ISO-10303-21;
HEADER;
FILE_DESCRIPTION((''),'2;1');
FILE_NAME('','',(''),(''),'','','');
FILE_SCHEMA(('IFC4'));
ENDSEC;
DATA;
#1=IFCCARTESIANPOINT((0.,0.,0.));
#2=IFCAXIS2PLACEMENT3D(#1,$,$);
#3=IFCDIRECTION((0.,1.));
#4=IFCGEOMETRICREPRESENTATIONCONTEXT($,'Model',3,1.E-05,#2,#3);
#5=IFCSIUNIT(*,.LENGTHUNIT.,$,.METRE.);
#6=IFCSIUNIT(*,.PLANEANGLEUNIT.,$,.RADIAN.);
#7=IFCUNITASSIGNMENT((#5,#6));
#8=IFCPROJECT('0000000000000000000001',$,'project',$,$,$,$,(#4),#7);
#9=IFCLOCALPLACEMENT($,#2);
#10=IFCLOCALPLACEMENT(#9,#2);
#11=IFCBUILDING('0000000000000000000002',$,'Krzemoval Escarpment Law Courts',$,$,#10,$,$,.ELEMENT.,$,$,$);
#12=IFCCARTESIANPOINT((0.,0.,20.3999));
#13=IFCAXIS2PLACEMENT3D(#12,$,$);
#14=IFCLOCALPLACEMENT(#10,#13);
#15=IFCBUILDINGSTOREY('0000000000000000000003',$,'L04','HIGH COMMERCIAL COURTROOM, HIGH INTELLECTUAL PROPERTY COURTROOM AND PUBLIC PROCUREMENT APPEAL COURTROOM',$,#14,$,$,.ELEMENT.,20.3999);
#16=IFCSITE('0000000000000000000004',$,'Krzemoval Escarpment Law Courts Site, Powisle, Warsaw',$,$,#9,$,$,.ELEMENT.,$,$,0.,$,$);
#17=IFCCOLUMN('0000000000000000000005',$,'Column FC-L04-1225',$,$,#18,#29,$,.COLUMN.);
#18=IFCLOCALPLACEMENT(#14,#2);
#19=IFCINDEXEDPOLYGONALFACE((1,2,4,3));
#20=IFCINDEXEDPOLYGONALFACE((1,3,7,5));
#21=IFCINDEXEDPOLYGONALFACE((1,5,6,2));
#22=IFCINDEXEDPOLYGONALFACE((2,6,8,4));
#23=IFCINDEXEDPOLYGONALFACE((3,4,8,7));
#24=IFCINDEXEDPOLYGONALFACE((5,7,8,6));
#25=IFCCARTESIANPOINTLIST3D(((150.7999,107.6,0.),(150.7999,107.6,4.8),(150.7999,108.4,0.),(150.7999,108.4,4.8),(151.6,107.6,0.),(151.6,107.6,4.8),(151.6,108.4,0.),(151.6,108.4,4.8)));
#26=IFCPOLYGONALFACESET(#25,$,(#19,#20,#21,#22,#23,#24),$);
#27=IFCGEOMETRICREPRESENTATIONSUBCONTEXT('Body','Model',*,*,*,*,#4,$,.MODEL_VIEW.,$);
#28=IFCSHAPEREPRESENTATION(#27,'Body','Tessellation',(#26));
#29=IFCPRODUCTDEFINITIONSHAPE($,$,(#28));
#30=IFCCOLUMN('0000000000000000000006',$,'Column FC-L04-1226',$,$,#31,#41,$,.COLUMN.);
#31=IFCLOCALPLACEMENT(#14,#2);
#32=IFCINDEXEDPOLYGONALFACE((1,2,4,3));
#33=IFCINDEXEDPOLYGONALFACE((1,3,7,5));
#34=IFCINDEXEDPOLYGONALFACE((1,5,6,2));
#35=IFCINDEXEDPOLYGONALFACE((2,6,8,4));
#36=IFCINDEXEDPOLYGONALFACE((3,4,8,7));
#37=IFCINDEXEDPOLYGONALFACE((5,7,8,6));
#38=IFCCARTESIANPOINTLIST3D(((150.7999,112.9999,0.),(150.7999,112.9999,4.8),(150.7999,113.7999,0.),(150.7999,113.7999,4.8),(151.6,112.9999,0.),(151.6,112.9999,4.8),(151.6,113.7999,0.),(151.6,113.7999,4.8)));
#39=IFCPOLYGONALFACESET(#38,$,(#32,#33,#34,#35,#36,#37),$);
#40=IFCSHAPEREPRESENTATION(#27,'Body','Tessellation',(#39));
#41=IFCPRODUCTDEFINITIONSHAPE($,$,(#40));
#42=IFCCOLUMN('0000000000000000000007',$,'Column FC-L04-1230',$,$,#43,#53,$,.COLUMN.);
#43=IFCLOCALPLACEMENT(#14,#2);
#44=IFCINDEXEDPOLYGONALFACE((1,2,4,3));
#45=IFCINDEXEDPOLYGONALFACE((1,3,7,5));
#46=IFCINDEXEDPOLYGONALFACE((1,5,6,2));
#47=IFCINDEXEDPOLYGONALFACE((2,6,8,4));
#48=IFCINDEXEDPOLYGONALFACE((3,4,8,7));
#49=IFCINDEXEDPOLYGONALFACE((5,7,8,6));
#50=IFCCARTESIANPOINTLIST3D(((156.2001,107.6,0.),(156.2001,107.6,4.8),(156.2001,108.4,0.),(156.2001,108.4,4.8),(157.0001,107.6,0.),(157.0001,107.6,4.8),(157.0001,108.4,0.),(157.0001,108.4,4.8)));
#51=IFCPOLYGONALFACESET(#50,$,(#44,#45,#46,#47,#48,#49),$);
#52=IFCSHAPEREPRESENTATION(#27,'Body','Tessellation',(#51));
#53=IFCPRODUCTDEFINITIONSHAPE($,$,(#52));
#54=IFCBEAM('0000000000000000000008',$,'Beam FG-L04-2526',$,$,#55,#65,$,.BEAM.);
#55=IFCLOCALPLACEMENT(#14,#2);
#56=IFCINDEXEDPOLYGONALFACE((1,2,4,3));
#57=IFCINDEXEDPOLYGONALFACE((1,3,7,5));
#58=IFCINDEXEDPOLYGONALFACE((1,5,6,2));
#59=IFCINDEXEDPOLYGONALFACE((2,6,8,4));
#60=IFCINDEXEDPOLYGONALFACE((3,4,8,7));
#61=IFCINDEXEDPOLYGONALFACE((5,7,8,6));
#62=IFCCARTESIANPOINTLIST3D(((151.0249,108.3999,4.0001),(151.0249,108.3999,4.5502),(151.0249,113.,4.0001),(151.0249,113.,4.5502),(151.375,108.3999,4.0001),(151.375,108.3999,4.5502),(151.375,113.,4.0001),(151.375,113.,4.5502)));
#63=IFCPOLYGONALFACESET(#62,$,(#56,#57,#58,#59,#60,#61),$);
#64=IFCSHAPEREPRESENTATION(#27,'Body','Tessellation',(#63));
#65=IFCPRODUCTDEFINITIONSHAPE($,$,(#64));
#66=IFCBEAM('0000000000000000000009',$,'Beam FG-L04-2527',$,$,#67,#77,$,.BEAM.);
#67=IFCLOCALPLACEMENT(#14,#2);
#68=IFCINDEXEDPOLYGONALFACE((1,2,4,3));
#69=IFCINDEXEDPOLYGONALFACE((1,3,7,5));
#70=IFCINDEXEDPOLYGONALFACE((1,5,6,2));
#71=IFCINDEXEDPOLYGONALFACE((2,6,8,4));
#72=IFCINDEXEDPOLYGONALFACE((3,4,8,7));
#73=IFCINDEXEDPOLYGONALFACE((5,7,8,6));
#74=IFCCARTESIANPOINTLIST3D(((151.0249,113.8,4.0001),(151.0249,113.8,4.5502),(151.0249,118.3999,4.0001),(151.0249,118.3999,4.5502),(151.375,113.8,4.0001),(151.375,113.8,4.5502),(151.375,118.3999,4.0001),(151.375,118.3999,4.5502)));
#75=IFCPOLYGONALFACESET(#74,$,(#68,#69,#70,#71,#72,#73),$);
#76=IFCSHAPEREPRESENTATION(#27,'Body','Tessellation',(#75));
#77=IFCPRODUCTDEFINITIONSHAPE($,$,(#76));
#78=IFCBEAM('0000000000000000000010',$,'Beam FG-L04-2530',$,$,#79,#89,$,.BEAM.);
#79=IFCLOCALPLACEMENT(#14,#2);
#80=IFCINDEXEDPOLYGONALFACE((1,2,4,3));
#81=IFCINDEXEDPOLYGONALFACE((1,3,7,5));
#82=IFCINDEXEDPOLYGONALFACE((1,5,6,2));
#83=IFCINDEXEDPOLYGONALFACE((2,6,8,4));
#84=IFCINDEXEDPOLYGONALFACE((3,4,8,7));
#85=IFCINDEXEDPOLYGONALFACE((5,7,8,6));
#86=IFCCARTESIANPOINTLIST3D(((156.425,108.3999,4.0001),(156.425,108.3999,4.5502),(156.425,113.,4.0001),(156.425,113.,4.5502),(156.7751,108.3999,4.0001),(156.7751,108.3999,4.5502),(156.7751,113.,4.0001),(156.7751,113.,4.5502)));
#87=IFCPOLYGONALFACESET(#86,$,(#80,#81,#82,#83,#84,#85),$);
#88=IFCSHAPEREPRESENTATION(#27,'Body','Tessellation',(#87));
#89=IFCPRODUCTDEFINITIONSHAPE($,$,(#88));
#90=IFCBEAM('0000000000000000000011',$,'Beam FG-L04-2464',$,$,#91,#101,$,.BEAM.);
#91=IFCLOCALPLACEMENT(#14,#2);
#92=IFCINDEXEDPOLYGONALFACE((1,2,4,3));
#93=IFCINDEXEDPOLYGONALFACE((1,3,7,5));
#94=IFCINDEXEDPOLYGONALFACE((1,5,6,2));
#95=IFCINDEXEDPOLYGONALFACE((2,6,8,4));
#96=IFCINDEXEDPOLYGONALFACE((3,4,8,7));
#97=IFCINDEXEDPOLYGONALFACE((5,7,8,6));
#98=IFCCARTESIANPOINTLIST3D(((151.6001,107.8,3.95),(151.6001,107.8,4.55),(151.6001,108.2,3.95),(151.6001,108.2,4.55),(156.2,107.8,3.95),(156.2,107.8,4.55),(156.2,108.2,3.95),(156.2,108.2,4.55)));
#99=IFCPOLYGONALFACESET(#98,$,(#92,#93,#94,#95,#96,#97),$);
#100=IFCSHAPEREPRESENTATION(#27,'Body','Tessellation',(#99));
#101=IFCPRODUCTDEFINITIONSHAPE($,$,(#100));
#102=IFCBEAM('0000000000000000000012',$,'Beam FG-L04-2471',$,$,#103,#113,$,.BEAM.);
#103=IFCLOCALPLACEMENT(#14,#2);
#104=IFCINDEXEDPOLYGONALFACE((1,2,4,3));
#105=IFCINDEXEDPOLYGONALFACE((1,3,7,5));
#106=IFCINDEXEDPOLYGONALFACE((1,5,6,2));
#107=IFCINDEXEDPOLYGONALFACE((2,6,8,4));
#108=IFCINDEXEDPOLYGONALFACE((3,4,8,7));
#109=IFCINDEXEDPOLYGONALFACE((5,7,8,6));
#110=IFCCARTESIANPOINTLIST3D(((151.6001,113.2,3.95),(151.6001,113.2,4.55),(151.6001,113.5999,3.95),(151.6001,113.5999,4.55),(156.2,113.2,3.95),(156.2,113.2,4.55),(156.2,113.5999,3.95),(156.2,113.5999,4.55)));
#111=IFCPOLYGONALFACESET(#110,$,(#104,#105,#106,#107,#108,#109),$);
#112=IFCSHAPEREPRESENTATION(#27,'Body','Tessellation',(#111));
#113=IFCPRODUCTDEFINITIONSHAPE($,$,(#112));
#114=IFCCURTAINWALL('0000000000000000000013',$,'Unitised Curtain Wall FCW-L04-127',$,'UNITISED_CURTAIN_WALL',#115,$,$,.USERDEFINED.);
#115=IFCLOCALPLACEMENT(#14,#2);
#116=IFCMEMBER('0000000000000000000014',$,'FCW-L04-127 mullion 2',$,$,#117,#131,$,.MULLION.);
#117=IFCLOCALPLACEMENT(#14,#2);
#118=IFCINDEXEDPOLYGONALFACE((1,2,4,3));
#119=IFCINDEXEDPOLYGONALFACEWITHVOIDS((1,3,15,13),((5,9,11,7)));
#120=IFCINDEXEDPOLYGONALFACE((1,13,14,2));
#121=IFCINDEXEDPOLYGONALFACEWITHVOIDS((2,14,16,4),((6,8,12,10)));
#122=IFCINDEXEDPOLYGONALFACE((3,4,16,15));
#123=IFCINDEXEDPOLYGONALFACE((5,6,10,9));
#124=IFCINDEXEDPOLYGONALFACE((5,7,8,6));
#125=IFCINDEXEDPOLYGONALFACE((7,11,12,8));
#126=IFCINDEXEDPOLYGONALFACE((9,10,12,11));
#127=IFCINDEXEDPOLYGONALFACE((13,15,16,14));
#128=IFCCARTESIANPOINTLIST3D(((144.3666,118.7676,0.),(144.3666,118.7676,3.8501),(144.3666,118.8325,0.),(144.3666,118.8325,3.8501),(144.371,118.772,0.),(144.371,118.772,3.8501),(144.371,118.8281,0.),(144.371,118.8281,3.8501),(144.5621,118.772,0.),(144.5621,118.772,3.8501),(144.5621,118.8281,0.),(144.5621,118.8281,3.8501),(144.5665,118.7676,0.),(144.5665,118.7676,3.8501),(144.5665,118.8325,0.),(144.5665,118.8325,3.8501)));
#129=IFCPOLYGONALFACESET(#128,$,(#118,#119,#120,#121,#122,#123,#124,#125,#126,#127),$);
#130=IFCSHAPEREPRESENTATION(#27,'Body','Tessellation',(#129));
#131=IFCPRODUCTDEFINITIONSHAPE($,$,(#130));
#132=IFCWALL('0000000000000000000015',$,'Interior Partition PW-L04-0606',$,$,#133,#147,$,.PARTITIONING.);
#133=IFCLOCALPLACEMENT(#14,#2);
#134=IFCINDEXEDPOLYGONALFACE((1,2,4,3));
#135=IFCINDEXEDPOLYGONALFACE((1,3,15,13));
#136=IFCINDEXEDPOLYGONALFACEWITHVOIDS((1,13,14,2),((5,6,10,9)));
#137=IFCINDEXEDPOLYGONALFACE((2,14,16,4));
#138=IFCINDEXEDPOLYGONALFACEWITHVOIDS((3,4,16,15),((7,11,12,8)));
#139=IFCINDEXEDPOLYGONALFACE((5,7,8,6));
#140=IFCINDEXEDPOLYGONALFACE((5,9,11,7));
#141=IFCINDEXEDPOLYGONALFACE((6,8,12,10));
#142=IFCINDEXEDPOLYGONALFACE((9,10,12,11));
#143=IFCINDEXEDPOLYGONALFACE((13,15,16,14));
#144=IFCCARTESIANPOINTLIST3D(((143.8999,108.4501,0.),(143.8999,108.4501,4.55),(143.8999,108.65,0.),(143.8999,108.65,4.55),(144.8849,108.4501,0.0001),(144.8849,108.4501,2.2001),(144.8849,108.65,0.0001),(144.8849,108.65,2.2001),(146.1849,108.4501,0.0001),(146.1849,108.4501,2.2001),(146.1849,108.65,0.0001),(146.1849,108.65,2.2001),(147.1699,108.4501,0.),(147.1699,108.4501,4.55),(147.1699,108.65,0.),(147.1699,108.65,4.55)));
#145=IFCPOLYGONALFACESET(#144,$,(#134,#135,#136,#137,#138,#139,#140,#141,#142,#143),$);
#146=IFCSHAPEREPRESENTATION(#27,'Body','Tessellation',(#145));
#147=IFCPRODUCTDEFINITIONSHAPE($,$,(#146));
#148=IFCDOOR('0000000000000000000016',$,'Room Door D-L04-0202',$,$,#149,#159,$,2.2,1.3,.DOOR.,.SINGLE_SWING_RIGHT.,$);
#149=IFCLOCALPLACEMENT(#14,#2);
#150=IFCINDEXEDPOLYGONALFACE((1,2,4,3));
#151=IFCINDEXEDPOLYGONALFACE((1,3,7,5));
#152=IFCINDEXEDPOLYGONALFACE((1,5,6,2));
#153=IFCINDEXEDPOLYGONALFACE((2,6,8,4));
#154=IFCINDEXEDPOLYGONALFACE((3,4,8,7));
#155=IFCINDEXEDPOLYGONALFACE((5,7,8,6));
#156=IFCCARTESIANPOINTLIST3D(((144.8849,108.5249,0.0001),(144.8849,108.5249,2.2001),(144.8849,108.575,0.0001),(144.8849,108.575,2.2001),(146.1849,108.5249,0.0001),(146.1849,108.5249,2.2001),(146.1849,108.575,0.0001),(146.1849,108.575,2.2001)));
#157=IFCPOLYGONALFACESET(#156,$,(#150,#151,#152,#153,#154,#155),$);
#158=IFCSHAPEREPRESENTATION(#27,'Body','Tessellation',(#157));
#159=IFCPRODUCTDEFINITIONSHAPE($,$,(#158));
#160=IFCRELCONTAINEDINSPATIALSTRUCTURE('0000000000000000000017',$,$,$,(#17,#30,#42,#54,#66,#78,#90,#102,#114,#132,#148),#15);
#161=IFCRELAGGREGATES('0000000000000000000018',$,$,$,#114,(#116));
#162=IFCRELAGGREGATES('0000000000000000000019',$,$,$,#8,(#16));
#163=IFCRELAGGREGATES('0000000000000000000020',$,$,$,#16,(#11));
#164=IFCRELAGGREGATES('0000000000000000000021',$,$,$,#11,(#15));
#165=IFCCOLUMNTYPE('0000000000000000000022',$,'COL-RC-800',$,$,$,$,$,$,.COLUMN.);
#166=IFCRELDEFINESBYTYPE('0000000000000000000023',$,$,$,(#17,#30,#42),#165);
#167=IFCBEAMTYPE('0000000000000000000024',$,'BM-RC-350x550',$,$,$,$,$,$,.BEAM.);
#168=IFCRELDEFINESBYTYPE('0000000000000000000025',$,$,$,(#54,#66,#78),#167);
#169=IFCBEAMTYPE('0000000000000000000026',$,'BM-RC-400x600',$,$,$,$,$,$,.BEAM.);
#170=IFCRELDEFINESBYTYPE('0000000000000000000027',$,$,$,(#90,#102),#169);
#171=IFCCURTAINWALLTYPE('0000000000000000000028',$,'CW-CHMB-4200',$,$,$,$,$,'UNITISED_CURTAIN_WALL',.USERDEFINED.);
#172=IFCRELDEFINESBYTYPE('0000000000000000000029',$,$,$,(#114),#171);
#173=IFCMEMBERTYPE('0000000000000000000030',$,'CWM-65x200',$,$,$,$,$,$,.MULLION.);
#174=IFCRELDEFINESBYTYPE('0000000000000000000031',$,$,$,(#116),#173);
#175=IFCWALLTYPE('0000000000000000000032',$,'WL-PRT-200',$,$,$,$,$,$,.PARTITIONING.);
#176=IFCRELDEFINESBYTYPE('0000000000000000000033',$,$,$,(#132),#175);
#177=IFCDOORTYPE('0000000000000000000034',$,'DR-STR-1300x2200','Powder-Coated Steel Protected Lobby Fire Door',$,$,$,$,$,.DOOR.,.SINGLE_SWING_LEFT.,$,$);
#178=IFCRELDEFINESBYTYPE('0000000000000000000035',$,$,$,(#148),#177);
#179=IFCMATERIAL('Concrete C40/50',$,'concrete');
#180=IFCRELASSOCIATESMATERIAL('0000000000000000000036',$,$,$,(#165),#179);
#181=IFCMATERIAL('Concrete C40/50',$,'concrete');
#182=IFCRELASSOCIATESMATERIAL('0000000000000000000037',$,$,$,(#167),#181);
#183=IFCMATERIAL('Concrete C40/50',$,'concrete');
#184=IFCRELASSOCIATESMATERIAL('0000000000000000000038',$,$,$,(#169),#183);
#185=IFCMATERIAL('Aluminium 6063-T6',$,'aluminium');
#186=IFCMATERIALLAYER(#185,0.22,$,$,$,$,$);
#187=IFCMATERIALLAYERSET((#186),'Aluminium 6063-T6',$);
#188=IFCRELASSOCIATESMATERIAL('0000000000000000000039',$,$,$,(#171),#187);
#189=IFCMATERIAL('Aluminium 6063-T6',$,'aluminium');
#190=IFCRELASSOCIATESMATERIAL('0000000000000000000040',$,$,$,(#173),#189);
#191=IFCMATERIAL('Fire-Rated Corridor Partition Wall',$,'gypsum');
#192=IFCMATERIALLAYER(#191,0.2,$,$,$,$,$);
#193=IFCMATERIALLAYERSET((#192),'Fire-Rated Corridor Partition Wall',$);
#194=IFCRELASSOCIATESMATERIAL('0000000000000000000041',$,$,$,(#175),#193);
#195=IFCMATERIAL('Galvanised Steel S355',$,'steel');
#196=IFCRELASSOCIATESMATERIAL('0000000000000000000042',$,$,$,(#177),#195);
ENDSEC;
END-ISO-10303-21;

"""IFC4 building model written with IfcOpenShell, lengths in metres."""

from ifc_helpers import new_model, si_unit, direction, frame, frame_2d, origin, origin_2d, place, context, subcontext, project, spatial, rectangle, hollow_rectangle, extrude, material, layer, layer_set, material_profile, profile_set, type_object, element, fill, aggregate, save


model = new_model("IFC4")

# Units and contexts
model_context = context("Model", 3, precision=1e-05, world=origin(), true_north=direction((0.0, 1.0)))
body_context = subcontext(model_context, "Body", "Model", "MODEL_VIEW")
ifc_project = project(units=[si_unit("LENGTHUNIT", "METRE"), si_unit("PLANEANGLEUNIT", "RADIAN")], contexts=[model_context])

# Site, building, storey
site_placement = place(None, origin())
site = spatial("IfcSite", under=ifc_project, at=site_placement, Name="Krzemoval Escarpment Law Courts Site, Powisle, Warsaw", CompositionType="ELEMENT", RefElevation=0.0)
building_placement = place(site_placement, origin())
building = spatial("IfcBuilding", under=site, at=building_placement, Name="Krzemoval Escarpment Law Courts", CompositionType="ELEMENT")
storey_placement = place(building_placement, frame((0.0, 0.0, 20.3999)))
storey = spatial("IfcBuildingStorey", under=building, at=storey_placement, Name="L04", Description="HIGH COMMERCIAL COURTROOM, HIGH INTELLECTUAL PROPERTY COURTROOM AND PUBLIC PROCUREMENT APPEAL COURTROOM", CompositionType="ELEMENT", Elevation=20.3999)

# Columns
ifc_material_1 = material(Name="Concrete C40/50", Category="concrete")
ifc_material_profile_1 = material_profile(ifc_material_1, rectangle(XDim=0.8, YDim=0.8, at=origin_2d()), Name="RC 800x800")
ifc_profile_set_1 = profile_set([ifc_material_profile_1], Name="Concrete C40/50")
column_type = type_object("IfcColumnType", Name="COL-RC-800", PredefinedType="COLUMN", material=ifc_profile_set_1)
for number, where, z_axis, x_axis, name in (
    (1, (151.2, 108.0, 0.0), (0.0, 0.0, 1.0), (1.0, 0.0, 0.0), "Column FC-L04-1225"),
    (2, (151.2, 113.3999, 0.0), (0.0, 0.0, 1.0), (1.0, 0.0, 0.0), "Column FC-L04-1226"),
    (3, (156.6001, 108.0, 0.0), (0.0, 0.0, 1.0), (1.0, 0.0, 0.0), "Column FC-L04-1230"),
):
    element("IfcColumn", number, at=place(storey_placement, frame(where, z_axis=z_axis, x_axis=x_axis)), inside=storey, type_object=column_type, Name=name, PredefinedType="COLUMN", context=body_context, shape_type="SweptSolid", body=[
        extrude(rectangle(XDim=0.8, YDim=0.8, at=origin_2d()), origin(), (0.0, 0.0, 1.0), 4.8),
    ])

# Beams
ifc_material_2 = material(Name="Concrete C40/50", Category="concrete")
ifc_material_profile_2 = material_profile(ifc_material_2, rectangle(XDim=0.3501, YDim=0.55, at=origin_2d()), Name="RCB 350x550")
ifc_profile_set_2 = profile_set([ifc_material_profile_2], Name="Concrete C40/50")
beam_type_1 = type_object("IfcBeamType", Name="BM-RC-350x550", PredefinedType="BEAM", material=ifc_profile_set_2)
beam_1_placement = place(storey_placement, frame((151.2, 108.3999, 4.2751), z_axis=(0.0, 1.0, 0.0), x_axis=(-1.0, 0.0, 0.0)))
element("IfcBeam", 4, at=beam_1_placement, inside=storey, type_object=beam_type_1, Name="Beam FG-L04-2526", PredefinedType="BEAM", context=body_context, shape_type="SweptSolid", body=[
    extrude(rectangle(XDim=0.3501, YDim=0.55, at=origin_2d()), origin(), (0.0, 0.0, 1.0), 4.6001),
])
beam_2_placement = place(storey_placement, frame((151.2, 113.8, 4.2751), z_axis=(0.0, 1.0, 0.0), x_axis=(-1.0, 0.0, 0.0)))
element("IfcBeam", 5, at=beam_2_placement, inside=storey, type_object=beam_type_1, Name="Beam FG-L04-2527", PredefinedType="BEAM", context=body_context, shape_type="SweptSolid", body=[
    extrude(rectangle(XDim=0.3501, YDim=0.55, at=origin_2d()), origin(), (0.0, 0.0, 1.0), 4.5999),
])
beam_3_placement = place(storey_placement, frame((156.6001, 108.3999, 4.2751), z_axis=(0.0, 1.0, 0.0), x_axis=(-1.0, 0.0, 0.0)))
element("IfcBeam", 6, at=beam_3_placement, inside=storey, type_object=beam_type_1, Name="Beam FG-L04-2530", PredefinedType="BEAM", context=body_context, shape_type="SweptSolid", body=[
    extrude(rectangle(XDim=0.3501, YDim=0.55, at=origin_2d()), origin(), (0.0, 0.0, 1.0), 4.6001),
])
ifc_material_3 = material(Name="Concrete C40/50", Category="concrete")
ifc_material_profile_3 = material_profile(ifc_material_3, rectangle(XDim=0.3999, YDim=0.6001, at=origin_2d()), Name="RCB 400x600")
ifc_profile_set_3 = profile_set([ifc_material_profile_3], Name="Concrete C40/50")
beam_type_2 = type_object("IfcBeamType", Name="BM-RC-400x600", PredefinedType="BEAM", material=ifc_profile_set_3)
for number, where, z_axis, x_axis, name in (
    (7, (151.6001, 108.0, 4.25), (1.0, 0.0, 0.0), (0.0, 1.0, 0.0), "Beam FG-L04-2464"),
    (8, (151.6001, 113.3999, 4.25), (1.0, 0.0, 0.0), (0.0, 1.0, 0.0), "Beam FG-L04-2471"),
):
    element("IfcBeam", number, at=place(storey_placement, frame(where, z_axis=z_axis, x_axis=x_axis)), inside=storey, type_object=beam_type_2, Name=name, PredefinedType="BEAM", context=body_context, shape_type="SweptSolid", body=[
        extrude(rectangle(XDim=0.3999, YDim=0.6001, at=origin_2d()), origin(), (0.0, 0.0, 1.0), 4.5999),
    ])

# Curtain wall, member
ifc_material_4 = material(Name="Aluminium 6063-T6", Category="aluminium")
ifc_layer_1 = layer(ifc_material_4, 0.22)
ifc_layer_set_1 = layer_set([ifc_layer_1], Name="Aluminium 6063-T6")
curtain_wall_type = type_object("IfcCurtainWallType", Name="CW-CHMB-4200", ElementType="UNITISED_CURTAIN_WALL", PredefinedType="USERDEFINED", material=ifc_layer_set_1)
curtain_wall_placement = place(storey_placement, origin())
curtain_wall = element("IfcCurtainWall", 9, at=curtain_wall_placement, inside=storey, type_object=curtain_wall_type, Name="Unitised Curtain Wall FCW-L04-127", ObjectType="UNITISED_CURTAIN_WALL", PredefinedType="USERDEFINED")
ifc_material_5 = material(Name="Aluminium 6063-T6", Category="aluminium")
ifc_material_profile_4 = material_profile(ifc_material_5, hollow_rectangle(XDim=0.0649, YDim=0.2, WallThickness=0.0044, at=origin_2d()), Name="ALU M65x200")
ifc_profile_set_4 = profile_set([ifc_material_profile_4], Name="Aluminium 6063-T6")
member_type = type_object("IfcMemberType", Name="CWM-65x200", PredefinedType="MULLION", material=ifc_profile_set_4)
member_placement = place(storey_placement, frame((144.4666, 118.8, 0.0), z_axis=(0.0, 0.0, 1.0), x_axis=(0.0, 1.0, 0.0)))
member = element("IfcMember", 10, at=member_placement, type_object=member_type, Name="FCW-L04-127 mullion 2", PredefinedType="MULLION", context=body_context, shape_type="SweptSolid", body=[
    extrude(hollow_rectangle(XDim=0.0649, YDim=0.2, WallThickness=0.0044, at=origin_2d()), origin(), (0.0, 0.0, 1.0), 3.8501),
])
aggregate(curtain_wall, [member])

# Wall, opening, door
ifc_material_6 = material(Name="Fire-Rated Corridor Partition Wall", Category="gypsum")
ifc_layer_2 = layer(ifc_material_6, 0.2)
ifc_layer_set_2 = layer_set([ifc_layer_2], Name="Fire-Rated Corridor Partition Wall")
wall_type_1 = type_object("IfcWallType", Name="WL-PRT-200", PredefinedType="PARTITIONING", material=ifc_layer_set_2)
wall_1_placement = place(storey_placement, frame((143.8999, 108.55, 0.0), z_axis=(0.0, 0.0, 1.0), x_axis=(1.0, 0.0, 0.0)))
wall_1 = element("IfcWall", 11, at=wall_1_placement, inside=storey, type_object=wall_type_1, Name="Interior Partition PW-L04-0606", PredefinedType="PARTITIONING", context=body_context, shape_type="SweptSolid", body=[
    extrude(rectangle(XDim=3.27, YDim=0.2, at=frame_2d((1.635, 0.0))), origin(), (0.0, 0.0, 1.0), 4.55),
])
opening_1_placement = place(wall_1_placement, frame((0.9851, 0.0, 0.0)))
opening_1 = element("IfcOpeningElement", 12, at=opening_1_placement, cuts=wall_1, PredefinedType="OPENING", context=body_context, shape_type="SweptSolid", body=[
    extrude(rectangle(XDim=1.3, YDim=2.2, at=frame_2d((0.6499, 1.1001))), frame((0.0, 0.115, 0.0), z_axis=(0.0, -1.0, 0.0), x_axis=(1.0, 0.0, 0.0)), (0.0, 0.0, 1.0), 0.2299),
])
ifc_material_7 = material(Name="Galvanised Steel S355", Category="steel")
door_type_1 = type_object("IfcDoorType", Name="DR-STR-1300x2200", Description="Powder-Coated Steel Protected Lobby Fire Door", OperationType="SINGLE_SWING_LEFT", PredefinedType="DOOR", material=ifc_material_7)
door_1_placement = place(opening_1_placement, origin())
door_1 = element("IfcDoor", 13, at=door_1_placement, inside=storey, type_object=door_type_1, Name="Room Door D-L04-0202", OperationType="SINGLE_SWING_RIGHT", OverallHeight=2.2, OverallWidth=1.3, PredefinedType="DOOR", context=body_context, shape_type="SweptSolid", body=[
    extrude(rectangle(XDim=1.3, YDim=2.2, at=frame_2d((0.6499, 1.1001))), frame((0.0, 0.0249, 0.0), z_axis=(0.0, -1.0, 0.0), x_axis=(1.0, 0.0, 0.0)), (0.0, 0.0, 1.0), 0.05),
])
fill(opening_1, door_1)

save(model, "model.ifc")
